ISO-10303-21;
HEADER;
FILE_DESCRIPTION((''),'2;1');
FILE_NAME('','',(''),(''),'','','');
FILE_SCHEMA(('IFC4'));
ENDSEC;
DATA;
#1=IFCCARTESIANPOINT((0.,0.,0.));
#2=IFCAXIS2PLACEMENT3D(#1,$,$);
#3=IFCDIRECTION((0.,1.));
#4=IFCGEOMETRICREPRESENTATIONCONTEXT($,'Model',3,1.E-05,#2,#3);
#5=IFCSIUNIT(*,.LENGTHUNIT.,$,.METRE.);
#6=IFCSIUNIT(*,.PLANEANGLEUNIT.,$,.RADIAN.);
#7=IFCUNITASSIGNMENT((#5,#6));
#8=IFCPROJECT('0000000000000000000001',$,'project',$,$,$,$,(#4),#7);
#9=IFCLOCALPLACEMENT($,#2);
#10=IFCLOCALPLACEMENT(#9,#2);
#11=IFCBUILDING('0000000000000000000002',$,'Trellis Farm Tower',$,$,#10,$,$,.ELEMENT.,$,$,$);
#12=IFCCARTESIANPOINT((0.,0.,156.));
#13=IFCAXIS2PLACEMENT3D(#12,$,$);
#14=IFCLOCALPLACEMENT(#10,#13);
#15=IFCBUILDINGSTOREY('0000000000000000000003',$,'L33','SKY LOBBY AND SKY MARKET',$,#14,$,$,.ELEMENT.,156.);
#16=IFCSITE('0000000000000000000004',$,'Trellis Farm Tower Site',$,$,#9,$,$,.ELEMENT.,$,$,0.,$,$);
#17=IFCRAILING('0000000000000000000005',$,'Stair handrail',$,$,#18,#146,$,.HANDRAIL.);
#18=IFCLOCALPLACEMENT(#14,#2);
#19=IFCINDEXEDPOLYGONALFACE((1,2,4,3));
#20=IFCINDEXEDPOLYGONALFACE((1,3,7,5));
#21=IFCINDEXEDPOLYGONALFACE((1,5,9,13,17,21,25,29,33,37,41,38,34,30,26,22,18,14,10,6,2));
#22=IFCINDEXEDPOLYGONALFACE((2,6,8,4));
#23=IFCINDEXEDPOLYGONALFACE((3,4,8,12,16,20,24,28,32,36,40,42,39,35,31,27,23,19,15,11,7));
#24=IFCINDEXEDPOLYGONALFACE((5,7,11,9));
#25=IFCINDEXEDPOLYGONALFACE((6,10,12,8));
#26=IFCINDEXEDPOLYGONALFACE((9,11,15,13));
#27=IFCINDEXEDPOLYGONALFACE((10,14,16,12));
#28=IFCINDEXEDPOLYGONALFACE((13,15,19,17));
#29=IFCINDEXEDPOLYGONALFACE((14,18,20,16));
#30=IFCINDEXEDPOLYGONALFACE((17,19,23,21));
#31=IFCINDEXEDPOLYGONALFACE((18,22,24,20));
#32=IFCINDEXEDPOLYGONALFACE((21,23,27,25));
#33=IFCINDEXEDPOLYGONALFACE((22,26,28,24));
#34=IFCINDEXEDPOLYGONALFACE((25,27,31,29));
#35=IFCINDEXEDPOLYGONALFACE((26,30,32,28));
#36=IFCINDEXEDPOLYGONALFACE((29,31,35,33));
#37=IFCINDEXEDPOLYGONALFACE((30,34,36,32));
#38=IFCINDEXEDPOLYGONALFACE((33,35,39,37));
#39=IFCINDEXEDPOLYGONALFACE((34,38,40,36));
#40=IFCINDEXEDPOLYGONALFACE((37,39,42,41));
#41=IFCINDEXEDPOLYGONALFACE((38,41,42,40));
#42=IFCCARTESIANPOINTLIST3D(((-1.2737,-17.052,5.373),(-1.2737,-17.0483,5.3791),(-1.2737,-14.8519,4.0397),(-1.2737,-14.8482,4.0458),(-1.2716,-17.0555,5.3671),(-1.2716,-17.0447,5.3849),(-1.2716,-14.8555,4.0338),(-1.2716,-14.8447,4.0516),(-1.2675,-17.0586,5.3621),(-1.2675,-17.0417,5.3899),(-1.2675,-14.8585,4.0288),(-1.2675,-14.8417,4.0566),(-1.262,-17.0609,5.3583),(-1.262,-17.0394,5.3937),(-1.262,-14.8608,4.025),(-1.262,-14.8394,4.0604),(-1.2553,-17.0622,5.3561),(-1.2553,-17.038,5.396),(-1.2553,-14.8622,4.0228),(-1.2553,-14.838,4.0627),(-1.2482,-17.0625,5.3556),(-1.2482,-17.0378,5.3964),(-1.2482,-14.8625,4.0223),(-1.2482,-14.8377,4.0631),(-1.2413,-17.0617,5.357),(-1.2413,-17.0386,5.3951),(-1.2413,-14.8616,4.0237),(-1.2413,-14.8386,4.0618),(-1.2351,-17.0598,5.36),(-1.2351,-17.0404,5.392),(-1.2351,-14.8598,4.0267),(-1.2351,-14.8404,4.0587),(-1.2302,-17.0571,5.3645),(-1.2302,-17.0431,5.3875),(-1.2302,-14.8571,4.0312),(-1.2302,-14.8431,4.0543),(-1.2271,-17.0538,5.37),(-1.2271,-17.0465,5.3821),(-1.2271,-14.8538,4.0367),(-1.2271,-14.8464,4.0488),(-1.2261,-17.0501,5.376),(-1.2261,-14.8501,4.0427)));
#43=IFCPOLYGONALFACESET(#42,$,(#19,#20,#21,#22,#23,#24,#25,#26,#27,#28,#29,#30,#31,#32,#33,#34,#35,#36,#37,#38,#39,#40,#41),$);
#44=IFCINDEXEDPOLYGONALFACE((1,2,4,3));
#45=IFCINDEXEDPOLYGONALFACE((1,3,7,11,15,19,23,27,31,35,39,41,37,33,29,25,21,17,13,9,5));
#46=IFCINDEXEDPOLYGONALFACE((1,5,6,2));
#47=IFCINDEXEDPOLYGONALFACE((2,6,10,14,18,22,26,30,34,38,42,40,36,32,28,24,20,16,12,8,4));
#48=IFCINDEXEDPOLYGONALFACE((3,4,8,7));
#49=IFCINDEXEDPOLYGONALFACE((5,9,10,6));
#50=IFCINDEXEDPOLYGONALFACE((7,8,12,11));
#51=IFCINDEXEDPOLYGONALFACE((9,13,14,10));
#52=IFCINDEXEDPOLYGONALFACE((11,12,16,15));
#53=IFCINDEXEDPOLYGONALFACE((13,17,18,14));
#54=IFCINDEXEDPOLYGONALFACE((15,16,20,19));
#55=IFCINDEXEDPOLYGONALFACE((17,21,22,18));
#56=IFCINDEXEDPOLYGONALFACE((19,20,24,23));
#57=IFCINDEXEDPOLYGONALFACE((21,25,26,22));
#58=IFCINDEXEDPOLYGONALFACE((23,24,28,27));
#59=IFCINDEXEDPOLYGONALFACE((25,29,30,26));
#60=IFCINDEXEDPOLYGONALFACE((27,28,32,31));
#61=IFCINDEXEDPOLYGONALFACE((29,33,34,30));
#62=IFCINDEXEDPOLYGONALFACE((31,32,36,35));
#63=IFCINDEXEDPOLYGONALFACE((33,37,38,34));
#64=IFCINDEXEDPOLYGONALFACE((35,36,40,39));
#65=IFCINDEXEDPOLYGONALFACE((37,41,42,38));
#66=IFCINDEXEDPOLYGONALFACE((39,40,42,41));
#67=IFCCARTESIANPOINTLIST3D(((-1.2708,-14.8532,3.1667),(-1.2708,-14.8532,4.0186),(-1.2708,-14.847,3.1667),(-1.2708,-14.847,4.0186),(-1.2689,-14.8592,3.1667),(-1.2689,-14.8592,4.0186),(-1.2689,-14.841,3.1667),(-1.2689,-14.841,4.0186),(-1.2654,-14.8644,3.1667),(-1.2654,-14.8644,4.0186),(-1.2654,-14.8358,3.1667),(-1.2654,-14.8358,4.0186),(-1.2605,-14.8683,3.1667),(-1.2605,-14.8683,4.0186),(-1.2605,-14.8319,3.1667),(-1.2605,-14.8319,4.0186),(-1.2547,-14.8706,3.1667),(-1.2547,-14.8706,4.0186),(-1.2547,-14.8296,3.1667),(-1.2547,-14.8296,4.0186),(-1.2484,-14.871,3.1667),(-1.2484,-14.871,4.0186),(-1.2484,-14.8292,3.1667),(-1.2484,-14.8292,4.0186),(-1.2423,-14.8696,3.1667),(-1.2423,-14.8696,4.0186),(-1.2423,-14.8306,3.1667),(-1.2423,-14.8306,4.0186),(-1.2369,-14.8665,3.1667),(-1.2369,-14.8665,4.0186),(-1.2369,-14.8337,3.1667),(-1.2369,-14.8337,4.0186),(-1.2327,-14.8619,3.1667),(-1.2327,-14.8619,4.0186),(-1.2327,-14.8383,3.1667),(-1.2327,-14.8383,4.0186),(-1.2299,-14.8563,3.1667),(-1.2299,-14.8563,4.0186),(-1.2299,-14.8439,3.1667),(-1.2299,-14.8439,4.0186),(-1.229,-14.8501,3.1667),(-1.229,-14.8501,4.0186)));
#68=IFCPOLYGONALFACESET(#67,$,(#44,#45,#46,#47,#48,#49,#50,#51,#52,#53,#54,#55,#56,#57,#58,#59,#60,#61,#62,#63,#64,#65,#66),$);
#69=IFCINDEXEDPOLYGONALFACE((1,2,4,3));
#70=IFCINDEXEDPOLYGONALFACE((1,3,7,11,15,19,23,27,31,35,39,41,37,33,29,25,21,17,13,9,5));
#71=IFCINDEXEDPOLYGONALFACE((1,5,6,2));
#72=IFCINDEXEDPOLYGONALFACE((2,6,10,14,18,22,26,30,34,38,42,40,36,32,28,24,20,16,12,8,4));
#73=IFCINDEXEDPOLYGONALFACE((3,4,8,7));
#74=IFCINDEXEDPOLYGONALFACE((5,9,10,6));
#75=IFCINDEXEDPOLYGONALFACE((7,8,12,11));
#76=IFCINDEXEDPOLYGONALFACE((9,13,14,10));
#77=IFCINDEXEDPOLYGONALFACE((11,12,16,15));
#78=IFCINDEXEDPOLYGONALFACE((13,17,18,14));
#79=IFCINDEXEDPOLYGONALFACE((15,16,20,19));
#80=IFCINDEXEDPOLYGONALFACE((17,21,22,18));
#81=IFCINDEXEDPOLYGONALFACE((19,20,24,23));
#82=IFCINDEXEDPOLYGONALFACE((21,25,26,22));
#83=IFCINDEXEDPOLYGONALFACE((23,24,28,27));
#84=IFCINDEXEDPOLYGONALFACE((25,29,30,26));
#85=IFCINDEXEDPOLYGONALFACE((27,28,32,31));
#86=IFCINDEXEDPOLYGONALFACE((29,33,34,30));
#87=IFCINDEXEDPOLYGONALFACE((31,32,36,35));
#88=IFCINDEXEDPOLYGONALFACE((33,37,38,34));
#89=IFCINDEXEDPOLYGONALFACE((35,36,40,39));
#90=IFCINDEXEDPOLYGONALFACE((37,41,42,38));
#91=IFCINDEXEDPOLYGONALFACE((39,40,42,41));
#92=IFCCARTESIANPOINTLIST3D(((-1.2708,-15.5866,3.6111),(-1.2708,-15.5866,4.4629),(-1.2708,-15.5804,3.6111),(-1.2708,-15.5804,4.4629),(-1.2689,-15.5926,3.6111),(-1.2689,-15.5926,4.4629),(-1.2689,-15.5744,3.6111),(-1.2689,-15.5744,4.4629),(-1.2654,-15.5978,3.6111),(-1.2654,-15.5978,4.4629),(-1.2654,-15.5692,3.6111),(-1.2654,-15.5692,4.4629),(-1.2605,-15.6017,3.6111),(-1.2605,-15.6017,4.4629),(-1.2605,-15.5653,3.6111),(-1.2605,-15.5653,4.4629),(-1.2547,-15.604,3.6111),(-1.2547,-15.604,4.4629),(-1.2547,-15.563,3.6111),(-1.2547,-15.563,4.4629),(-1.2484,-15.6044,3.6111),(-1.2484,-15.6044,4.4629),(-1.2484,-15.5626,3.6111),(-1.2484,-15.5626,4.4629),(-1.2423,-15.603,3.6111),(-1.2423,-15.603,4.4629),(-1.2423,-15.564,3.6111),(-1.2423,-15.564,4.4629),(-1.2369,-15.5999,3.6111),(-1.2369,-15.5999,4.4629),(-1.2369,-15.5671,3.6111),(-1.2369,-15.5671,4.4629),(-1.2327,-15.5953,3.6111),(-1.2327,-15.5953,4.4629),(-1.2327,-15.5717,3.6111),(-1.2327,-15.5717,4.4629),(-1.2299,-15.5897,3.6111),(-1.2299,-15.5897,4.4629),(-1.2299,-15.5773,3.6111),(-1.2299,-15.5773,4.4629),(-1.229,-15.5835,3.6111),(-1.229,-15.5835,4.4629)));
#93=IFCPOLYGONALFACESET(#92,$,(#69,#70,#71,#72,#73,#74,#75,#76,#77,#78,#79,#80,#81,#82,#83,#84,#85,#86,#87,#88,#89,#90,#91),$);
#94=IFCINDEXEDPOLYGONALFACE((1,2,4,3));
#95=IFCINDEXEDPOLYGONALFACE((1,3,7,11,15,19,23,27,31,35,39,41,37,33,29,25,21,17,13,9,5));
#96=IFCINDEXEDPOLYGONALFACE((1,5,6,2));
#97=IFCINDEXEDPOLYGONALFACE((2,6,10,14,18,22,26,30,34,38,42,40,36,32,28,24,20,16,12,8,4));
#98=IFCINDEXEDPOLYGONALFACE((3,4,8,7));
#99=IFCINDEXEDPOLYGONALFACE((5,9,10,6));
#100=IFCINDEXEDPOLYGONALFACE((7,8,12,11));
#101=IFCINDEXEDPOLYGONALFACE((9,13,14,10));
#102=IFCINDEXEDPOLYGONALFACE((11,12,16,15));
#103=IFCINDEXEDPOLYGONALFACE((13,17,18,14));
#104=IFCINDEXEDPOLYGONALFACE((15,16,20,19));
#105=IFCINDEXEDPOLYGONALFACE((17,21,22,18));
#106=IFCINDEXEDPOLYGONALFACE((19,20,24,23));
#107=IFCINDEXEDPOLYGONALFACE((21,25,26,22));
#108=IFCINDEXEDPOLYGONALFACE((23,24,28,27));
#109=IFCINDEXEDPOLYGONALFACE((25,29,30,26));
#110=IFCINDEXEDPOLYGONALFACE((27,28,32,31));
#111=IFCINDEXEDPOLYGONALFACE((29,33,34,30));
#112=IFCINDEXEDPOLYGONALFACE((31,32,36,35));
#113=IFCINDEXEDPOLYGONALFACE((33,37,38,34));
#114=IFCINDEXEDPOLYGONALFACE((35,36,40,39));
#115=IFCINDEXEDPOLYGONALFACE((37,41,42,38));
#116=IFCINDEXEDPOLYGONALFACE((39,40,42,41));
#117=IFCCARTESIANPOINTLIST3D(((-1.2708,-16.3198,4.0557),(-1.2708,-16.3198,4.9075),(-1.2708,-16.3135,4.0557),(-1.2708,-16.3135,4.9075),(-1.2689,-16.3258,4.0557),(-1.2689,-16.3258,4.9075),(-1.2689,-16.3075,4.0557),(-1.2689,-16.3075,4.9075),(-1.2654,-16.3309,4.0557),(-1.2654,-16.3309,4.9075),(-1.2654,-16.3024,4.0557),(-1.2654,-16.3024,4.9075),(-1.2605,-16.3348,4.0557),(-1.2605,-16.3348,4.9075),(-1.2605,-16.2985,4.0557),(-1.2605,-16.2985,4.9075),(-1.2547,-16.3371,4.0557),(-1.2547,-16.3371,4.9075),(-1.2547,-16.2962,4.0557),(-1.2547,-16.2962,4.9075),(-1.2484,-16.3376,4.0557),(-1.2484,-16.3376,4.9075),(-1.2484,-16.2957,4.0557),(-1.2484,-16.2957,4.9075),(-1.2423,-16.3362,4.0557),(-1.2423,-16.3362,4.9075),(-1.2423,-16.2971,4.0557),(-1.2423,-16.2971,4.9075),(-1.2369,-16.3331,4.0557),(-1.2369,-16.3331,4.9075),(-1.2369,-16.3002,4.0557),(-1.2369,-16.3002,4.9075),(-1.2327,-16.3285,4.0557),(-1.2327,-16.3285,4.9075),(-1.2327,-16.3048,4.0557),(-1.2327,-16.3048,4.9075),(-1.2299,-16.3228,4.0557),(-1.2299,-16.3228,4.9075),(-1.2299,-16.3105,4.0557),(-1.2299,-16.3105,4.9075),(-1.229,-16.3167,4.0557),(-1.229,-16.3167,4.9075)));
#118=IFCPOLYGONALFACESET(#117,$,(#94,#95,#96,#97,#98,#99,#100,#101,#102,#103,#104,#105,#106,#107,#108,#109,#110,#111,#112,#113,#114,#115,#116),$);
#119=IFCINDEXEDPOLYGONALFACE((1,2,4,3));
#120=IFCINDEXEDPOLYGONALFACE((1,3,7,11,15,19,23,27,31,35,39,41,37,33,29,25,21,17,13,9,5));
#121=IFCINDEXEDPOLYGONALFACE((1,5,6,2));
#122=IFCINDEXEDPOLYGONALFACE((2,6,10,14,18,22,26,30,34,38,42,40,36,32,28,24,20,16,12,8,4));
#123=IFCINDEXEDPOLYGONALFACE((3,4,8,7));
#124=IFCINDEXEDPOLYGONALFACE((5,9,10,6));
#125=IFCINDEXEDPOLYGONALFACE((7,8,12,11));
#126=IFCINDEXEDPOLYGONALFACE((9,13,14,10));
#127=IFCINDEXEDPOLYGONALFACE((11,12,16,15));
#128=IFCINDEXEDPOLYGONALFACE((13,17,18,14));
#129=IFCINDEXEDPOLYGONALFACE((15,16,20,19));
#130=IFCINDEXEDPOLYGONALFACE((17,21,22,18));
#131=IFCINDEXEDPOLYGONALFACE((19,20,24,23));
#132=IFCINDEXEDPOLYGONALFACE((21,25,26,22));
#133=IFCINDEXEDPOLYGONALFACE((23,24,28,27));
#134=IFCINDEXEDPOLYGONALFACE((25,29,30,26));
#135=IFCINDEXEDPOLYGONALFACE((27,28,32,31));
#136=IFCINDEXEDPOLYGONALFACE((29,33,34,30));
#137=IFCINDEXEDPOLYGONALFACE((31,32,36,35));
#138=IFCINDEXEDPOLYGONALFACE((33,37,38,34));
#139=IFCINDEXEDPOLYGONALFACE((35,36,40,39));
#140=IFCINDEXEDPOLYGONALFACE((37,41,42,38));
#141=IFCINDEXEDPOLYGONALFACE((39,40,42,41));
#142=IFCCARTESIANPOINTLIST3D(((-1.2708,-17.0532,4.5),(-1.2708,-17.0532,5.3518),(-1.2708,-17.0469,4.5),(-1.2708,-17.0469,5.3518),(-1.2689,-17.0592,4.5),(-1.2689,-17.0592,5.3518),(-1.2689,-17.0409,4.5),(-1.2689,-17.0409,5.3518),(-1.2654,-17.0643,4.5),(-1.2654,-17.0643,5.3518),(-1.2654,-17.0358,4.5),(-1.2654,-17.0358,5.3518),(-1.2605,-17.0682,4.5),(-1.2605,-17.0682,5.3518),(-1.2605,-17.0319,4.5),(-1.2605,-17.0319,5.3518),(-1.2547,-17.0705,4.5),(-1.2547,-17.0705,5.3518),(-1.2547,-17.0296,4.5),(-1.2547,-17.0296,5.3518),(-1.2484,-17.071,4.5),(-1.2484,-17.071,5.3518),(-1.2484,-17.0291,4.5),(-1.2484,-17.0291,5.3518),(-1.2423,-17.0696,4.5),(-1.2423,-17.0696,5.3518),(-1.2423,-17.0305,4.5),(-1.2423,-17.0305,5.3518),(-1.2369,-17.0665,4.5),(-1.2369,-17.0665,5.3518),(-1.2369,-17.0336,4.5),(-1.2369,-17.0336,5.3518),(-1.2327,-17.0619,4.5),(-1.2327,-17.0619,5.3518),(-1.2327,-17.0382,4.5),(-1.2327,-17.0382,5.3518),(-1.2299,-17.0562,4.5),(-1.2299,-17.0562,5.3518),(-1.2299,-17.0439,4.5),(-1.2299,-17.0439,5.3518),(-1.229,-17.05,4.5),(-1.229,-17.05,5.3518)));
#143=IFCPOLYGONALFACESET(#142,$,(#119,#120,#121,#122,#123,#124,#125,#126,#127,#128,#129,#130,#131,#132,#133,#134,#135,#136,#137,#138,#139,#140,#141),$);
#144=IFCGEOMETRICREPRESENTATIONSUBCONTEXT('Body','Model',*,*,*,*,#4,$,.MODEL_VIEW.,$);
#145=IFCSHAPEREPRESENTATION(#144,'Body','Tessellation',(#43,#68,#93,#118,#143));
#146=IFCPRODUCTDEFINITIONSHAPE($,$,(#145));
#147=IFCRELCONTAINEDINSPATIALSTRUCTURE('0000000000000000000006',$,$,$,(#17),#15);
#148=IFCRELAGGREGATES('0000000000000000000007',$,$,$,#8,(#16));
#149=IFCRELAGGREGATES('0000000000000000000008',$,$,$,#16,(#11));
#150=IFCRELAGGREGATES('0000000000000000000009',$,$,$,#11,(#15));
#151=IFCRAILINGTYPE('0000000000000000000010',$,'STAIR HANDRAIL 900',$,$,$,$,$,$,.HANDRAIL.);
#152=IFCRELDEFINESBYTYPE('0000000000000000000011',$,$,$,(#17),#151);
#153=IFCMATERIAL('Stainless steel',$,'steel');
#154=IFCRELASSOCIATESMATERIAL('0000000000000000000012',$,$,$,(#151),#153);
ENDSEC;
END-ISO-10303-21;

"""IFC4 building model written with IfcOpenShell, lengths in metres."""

from ifc_helpers import new_model, si_unit, direction, frame, origin, origin_2d, place, context, subcontext, project, spatial, circle, extrude, source, transform, mapped, material, type_object, element, save


model = new_model("IFC4")

# Units and contexts
model_context = context("Model", 3, precision=1e-05, world=origin(), true_north=direction((0.0, 1.0)))
body_context = subcontext(model_context, "Body", "Model", "MODEL_VIEW")
ifc_project = project(units=[si_unit("LENGTHUNIT", "METRE"), si_unit("PLANEANGLEUNIT", "RADIAN")], contexts=[model_context])

# Site, building, storey
site_placement = place(None, origin())
site = spatial("IfcSite", under=ifc_project, at=site_placement, Name="Trellis Farm Tower Site", CompositionType="ELEMENT", RefElevation=0.0)
building_placement = place(site_placement, origin())
building = spatial("IfcBuilding", under=site, at=building_placement, Name="Trellis Farm Tower", CompositionType="ELEMENT")
storey_placement = place(building_placement, frame((0.0, 0.0, 156.0)))
storey = spatial("IfcBuildingStorey", under=building, at=storey_placement, Name="L33", Description="SKY LOBBY AND SKY MARKET", CompositionType="ELEMENT", Elevation=156.0)

# Railing
ifc_material_1 = material(Name="Stainless steel", Category="steel")
railing_type = type_object("IfcRailingType", Name="STAIR HANDRAIL 900", PredefinedType="HANDRAIL", material=ifc_material_1)
shared_shape_1 = source(origin(), body_context, "Body", "SweptSolid", [
    extrude(circle(Radius=0.0239, at=origin_2d()), frame((0.0, 0.0, 0.876), z_axis=(0.0, -0.855207, 0.518287), x_axis=(1.0, 0.0, 0.0)), (0.0, 0.0, 1.0), 2.5725),
    extrude(circle(Radius=0.021, at=origin_2d()), origin(), (0.0, 0.0, 1.0), 0.8518),
    extrude(circle(Radius=0.021, at=origin_2d()), frame((0.0, -0.7334, 0.4443)), (0.0, 0.0, 1.0), 0.8518),
    extrude(circle(Radius=0.021, at=origin_2d()), frame((0.0, -1.4666, 0.8889)), (0.0, 0.0, 1.0), 0.8518),
    extrude(circle(Radius=0.021, at=origin_2d()), frame((0.0, -2.2, 1.3333)), (0.0, 0.0, 1.0), 0.8518),
])
for number, where, name in (
    (1, (-1.25, -14.8501, 3.1667), "Stair handrail"),
):
    element("IfcRailing", number, at=place(storey_placement, frame(where)), inside=storey, type_object=railing_type, Name=name, PredefinedType="HANDRAIL", context=body_context, shape_type="MappedRepresentation", body=[
        mapped(shared_shape_1, transform((0.0, 0.0, 0.0))),
    ])

save(model, "model.ifc")
